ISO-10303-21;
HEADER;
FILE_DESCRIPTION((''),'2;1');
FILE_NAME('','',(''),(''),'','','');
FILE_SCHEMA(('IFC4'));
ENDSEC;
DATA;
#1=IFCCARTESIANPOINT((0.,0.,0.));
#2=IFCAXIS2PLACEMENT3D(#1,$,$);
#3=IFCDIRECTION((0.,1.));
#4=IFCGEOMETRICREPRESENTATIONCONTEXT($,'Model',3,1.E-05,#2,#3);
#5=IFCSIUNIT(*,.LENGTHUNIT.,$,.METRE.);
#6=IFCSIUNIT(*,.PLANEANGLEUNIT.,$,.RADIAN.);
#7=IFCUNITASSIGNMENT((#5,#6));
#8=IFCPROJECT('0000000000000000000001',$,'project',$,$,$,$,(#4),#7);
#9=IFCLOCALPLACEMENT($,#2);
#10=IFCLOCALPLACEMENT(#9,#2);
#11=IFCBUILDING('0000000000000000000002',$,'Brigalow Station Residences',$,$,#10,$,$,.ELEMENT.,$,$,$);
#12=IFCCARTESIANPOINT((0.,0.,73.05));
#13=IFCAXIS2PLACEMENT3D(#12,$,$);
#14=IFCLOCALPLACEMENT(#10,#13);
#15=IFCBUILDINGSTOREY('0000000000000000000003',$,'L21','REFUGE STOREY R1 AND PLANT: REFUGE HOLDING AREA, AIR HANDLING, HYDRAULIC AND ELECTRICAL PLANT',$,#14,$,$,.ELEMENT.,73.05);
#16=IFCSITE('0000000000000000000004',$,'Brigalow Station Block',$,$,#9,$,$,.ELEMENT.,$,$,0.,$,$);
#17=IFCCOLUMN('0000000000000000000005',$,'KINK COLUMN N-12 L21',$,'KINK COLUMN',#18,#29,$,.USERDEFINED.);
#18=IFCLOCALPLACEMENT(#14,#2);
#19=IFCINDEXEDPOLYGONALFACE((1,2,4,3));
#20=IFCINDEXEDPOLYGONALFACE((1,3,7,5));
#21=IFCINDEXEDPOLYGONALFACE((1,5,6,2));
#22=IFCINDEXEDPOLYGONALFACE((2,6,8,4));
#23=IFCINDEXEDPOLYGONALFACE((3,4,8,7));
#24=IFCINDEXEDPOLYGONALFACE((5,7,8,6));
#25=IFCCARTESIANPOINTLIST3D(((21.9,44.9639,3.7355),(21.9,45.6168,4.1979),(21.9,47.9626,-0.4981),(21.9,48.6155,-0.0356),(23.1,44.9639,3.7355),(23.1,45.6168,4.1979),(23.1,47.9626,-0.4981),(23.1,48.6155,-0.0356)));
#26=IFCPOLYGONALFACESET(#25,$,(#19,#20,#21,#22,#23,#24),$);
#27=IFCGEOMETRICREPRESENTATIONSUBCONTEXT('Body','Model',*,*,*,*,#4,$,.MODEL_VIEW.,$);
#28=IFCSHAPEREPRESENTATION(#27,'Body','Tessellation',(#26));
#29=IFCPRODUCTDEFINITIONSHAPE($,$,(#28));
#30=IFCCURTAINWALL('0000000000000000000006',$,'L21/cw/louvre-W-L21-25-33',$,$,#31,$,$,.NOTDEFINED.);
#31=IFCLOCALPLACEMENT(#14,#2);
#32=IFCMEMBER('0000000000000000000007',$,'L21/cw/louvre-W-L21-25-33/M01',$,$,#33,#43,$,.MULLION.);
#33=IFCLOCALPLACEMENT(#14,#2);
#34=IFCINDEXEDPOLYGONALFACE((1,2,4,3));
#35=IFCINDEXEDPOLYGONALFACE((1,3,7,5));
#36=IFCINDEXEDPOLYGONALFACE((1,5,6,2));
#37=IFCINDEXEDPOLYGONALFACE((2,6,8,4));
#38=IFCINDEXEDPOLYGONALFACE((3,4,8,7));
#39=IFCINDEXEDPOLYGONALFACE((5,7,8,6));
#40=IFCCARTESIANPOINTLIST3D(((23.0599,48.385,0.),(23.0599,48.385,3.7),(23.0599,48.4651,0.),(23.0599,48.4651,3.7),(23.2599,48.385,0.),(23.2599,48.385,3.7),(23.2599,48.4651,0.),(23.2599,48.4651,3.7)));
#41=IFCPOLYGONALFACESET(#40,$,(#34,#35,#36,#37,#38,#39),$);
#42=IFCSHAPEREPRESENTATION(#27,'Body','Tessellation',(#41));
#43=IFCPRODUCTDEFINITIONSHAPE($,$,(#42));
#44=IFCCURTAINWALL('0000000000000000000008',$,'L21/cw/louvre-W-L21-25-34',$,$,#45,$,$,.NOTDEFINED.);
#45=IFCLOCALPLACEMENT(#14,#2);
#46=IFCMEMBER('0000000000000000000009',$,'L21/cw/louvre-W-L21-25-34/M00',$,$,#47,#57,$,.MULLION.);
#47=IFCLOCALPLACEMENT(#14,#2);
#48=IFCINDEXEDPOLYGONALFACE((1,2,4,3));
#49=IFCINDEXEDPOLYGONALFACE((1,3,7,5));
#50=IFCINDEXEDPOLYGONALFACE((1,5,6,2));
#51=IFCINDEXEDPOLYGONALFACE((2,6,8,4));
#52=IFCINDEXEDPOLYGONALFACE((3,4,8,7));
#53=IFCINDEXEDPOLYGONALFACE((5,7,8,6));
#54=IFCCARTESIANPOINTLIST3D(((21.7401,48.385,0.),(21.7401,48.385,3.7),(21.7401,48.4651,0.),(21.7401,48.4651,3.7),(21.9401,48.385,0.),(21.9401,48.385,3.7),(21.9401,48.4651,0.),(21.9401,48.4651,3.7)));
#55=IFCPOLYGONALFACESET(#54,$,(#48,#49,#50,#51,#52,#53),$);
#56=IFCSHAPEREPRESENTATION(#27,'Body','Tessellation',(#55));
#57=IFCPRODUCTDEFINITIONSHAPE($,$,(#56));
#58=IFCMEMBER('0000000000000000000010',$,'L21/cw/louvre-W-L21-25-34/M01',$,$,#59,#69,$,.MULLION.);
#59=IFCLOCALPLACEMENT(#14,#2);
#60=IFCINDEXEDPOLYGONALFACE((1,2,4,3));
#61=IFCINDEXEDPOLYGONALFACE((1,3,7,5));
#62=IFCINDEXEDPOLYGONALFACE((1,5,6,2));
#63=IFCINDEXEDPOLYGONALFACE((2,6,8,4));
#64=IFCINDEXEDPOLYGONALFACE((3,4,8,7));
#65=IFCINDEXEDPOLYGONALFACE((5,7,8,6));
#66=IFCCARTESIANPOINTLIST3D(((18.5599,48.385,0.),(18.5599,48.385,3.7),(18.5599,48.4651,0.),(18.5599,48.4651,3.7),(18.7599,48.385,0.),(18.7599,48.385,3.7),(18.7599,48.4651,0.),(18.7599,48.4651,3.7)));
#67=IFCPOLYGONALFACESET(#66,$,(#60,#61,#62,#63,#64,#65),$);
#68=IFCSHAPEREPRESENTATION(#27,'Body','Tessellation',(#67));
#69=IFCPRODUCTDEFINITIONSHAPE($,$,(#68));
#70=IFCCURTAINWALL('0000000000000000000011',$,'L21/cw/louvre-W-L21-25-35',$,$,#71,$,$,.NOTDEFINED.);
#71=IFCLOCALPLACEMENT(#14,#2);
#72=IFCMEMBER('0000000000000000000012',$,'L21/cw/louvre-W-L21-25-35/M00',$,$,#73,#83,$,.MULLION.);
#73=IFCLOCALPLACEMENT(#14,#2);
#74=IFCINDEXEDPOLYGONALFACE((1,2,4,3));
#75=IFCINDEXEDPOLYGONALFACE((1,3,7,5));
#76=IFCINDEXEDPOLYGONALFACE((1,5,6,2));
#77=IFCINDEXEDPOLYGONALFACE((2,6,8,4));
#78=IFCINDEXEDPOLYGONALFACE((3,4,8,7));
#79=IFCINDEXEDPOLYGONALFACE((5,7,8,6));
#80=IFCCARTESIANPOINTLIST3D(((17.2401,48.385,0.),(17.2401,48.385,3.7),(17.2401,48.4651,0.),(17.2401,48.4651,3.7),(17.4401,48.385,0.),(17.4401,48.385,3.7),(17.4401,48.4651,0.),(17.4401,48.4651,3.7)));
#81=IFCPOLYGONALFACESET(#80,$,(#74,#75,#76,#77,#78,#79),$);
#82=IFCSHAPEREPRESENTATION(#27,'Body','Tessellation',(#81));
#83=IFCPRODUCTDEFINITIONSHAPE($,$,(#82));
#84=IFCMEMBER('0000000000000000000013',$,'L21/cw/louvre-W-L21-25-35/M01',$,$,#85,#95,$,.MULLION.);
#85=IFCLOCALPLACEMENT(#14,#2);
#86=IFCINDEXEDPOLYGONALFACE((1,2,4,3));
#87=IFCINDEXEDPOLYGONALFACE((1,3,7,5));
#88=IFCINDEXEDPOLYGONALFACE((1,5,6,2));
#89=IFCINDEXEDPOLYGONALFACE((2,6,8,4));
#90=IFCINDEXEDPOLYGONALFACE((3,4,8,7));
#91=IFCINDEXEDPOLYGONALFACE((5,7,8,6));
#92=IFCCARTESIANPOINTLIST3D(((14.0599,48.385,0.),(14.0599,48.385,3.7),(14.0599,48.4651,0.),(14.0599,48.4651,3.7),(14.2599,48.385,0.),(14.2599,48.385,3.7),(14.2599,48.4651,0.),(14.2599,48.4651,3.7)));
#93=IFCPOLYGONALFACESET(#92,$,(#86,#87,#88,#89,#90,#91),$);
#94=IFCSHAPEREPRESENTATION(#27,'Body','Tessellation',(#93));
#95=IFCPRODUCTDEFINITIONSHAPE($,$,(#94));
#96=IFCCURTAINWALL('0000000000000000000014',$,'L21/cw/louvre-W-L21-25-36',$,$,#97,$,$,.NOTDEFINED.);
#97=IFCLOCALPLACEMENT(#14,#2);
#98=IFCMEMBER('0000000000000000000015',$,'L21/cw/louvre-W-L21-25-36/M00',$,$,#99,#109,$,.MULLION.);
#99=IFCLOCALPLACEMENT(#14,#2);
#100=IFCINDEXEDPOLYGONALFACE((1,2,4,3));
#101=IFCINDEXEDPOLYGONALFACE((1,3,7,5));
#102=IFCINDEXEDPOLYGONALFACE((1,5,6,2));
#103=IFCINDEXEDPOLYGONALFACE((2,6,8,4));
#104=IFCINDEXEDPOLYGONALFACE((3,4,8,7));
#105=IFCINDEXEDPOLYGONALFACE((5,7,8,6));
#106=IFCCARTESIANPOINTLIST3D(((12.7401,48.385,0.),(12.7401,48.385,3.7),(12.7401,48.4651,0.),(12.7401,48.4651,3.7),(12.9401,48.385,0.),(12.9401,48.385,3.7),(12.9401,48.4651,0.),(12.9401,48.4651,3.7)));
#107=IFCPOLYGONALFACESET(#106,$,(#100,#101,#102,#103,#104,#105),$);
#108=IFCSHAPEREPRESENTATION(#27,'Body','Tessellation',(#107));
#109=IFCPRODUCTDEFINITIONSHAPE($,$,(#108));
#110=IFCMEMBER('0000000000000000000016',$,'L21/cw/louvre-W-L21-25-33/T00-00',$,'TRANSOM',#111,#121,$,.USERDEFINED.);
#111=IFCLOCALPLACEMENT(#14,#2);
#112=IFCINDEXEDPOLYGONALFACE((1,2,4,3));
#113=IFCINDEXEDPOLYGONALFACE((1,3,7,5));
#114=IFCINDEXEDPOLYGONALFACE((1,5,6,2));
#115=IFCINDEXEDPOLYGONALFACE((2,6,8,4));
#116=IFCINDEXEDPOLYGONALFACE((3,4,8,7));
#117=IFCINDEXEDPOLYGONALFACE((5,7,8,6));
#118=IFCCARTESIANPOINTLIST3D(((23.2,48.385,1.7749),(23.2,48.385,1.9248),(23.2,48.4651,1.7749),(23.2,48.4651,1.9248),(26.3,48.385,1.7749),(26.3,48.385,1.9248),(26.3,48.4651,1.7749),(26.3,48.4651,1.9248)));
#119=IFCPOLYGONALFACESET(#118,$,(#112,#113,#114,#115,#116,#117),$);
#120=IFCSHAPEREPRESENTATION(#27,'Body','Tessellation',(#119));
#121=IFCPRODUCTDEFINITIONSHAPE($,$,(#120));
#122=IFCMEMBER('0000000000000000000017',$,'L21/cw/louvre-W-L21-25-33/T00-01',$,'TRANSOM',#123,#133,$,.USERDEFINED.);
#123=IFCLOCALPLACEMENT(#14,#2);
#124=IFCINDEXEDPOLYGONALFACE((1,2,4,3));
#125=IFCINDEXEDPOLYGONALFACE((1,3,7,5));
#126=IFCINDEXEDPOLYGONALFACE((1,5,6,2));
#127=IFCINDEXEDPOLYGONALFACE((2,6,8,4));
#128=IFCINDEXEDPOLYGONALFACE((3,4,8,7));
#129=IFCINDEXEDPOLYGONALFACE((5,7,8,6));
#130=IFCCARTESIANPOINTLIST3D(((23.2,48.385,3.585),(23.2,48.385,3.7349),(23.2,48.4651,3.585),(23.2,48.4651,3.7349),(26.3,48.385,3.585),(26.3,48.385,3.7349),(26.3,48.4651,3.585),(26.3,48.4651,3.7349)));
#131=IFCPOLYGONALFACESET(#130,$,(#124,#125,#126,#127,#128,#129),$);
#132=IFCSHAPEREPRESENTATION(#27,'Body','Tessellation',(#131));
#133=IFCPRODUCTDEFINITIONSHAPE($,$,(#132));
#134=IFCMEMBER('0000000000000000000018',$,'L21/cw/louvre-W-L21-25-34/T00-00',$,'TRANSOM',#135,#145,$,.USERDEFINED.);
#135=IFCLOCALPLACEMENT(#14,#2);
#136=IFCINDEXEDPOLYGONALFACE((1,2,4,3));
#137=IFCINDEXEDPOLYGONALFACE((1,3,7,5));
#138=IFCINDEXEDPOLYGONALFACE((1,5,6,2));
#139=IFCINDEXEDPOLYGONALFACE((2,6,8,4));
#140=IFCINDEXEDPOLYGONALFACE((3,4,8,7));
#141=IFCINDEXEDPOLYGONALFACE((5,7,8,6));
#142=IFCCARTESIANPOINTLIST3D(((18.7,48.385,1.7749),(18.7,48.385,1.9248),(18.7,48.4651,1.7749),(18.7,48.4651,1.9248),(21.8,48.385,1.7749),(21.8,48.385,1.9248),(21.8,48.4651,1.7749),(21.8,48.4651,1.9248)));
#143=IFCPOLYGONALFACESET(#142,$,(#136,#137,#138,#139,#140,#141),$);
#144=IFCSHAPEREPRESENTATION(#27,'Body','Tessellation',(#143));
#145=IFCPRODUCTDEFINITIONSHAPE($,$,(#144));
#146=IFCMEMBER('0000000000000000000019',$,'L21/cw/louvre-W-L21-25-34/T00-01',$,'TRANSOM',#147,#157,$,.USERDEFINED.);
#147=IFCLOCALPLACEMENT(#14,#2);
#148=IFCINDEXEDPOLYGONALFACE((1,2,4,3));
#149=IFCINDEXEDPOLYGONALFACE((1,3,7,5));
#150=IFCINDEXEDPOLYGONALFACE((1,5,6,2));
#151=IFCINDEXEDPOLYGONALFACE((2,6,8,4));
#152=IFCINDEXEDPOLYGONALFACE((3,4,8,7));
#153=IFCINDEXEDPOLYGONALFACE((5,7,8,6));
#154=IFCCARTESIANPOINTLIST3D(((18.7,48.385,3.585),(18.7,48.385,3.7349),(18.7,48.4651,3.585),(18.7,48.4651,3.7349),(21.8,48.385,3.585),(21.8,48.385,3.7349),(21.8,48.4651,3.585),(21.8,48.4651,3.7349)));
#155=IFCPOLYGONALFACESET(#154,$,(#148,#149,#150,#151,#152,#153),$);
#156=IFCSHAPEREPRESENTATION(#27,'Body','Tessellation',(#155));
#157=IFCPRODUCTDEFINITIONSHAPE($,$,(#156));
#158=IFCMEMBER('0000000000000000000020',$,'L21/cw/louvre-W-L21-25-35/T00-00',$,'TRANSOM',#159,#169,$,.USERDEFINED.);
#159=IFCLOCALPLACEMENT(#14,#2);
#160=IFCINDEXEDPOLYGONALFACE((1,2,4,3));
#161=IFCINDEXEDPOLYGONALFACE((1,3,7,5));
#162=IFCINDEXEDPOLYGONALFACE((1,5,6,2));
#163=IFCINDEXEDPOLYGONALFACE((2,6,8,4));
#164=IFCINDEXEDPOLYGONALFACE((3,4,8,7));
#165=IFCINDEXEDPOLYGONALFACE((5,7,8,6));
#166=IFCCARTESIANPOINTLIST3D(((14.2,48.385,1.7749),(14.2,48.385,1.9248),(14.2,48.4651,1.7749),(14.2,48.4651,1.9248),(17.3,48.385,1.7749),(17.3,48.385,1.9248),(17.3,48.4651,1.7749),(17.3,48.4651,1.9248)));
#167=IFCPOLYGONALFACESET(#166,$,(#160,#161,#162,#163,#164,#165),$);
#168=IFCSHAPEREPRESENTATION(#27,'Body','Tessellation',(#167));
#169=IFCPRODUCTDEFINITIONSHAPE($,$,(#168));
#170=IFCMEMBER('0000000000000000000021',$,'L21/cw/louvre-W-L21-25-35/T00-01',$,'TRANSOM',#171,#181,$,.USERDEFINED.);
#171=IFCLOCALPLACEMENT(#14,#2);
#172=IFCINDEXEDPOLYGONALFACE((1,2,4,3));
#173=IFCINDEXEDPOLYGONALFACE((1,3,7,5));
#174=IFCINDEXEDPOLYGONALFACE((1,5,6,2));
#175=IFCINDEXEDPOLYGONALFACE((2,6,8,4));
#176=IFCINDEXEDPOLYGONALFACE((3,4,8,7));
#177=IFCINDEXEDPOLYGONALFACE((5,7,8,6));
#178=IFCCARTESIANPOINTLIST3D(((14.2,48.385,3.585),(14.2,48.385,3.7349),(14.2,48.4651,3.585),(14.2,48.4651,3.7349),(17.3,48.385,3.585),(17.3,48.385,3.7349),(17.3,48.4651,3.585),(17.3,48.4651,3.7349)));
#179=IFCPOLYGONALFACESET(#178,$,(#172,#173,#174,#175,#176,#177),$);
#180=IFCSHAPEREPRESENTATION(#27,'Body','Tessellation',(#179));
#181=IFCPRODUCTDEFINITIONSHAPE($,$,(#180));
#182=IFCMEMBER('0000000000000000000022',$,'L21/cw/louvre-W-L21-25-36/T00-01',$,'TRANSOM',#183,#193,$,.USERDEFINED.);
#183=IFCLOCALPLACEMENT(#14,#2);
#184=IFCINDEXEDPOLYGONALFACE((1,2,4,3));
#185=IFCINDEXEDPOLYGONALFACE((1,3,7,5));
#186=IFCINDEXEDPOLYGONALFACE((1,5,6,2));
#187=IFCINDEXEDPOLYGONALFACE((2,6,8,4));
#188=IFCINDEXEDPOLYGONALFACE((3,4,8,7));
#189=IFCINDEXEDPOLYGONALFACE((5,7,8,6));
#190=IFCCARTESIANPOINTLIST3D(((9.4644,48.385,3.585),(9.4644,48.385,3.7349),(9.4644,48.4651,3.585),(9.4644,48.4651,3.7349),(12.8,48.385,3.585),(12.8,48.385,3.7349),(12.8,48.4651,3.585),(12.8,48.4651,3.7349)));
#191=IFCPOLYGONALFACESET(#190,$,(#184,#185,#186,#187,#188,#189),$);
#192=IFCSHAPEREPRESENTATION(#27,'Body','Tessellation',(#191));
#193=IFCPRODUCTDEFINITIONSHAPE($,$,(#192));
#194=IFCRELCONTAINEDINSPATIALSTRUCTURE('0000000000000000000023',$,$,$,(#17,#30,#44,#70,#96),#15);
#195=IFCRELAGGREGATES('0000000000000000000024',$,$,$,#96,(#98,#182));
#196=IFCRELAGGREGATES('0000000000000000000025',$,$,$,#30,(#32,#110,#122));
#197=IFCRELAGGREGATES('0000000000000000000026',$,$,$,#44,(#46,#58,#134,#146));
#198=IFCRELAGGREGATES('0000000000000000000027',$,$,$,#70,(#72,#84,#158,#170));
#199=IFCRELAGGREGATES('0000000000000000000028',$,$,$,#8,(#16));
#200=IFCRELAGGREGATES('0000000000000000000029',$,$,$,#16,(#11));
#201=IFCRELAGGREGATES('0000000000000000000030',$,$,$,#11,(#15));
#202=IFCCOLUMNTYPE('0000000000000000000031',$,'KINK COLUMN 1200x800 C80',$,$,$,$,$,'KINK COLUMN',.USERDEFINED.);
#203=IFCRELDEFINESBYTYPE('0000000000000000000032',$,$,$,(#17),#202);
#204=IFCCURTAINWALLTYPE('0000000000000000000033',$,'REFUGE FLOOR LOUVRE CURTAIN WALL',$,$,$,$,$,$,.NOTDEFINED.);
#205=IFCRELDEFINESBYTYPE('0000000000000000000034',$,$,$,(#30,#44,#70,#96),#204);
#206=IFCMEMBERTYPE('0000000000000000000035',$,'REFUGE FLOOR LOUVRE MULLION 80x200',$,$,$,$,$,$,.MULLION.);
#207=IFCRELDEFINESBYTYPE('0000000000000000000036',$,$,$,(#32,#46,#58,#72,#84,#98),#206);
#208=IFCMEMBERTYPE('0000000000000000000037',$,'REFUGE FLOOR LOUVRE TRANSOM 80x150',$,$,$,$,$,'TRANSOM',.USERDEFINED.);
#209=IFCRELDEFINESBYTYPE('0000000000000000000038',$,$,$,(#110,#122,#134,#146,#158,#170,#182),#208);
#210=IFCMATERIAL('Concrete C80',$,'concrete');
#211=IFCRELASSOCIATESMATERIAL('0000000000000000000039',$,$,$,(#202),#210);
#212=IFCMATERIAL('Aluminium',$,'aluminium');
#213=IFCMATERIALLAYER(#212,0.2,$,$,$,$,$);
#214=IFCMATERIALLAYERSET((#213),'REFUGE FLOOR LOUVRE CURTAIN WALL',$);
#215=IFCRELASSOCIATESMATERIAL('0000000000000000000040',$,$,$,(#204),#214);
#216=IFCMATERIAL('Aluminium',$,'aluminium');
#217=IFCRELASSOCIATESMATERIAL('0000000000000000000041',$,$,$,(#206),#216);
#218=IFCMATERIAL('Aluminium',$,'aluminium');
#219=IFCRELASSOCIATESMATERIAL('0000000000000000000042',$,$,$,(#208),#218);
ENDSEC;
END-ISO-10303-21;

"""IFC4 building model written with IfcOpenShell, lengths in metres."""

from ifc_helpers import new_model, si_unit, direction, frame, origin, origin_2d, place, context, subcontext, project, spatial, rectangle, extrude, material, layer, layer_set, material_profile, profile_set, type_object, element, aggregate, save


model = new_model("IFC4")

# Units and contexts
model_context = context("Model", 3, precision=1e-05, world=origin(), true_north=direction((0.0, 1.0)))
body_context = subcontext(model_context, "Body", "Model", "MODEL_VIEW")
ifc_project = project(units=[si_unit("LENGTHUNIT", "METRE"), si_unit("PLANEANGLEUNIT", "RADIAN")], contexts=[model_context])

# Site, building, storey
site_placement = place(None, origin())
site = spatial("IfcSite", under=ifc_project, at=site_placement, Name="Brigalow Station Block", CompositionType="ELEMENT", RefElevation=0.0)
building_placement = place(site_placement, origin())
building = spatial("IfcBuilding", under=site, at=building_placement, Name="Brigalow Station Residences", CompositionType="ELEMENT")
storey_placement = place(building_placement, frame((0.0, 0.0, 73.05)))
storey = spatial("IfcBuildingStorey", under=building, at=storey_placement, Name="L21", Description="REFUGE STOREY R1 AND PLANT: REFUGE HOLDING AREA, AIR HANDLING, HYDRAULIC AND ELECTRICAL PLANT", CompositionType="ELEMENT", Elevation=73.05)

# Column
ifc_material_1 = material(Name="Concrete C80", Category="concrete")
ifc_material_profile_1 = material_profile(ifc_material_1, rectangle(XDim=1.2, YDim=0.8, at=origin_2d()), Name="RC1200x800")
ifc_profile_set_1 = profile_set([ifc_material_profile_1], Name="Concrete C80")
column_type = type_object("IfcColumnType", Name="KINK COLUMN 1200x800 C80", ElementType="KINK COLUMN", PredefinedType="USERDEFINED", material=ifc_profile_set_1)
column_placement = place(storey_placement, frame((22.5, 48.2891, -0.2668), z_axis=(0.0, -0.578011, 0.816029), x_axis=(1.0, 0.0, 0.0)))
element("IfcColumn", 1, at=column_placement, inside=storey, type_object=column_type, Name="KINK COLUMN N-12 L21", ObjectType="KINK COLUMN", PredefinedType="USERDEFINED", context=body_context, shape_type="SweptSolid", body=[
    extrude(rectangle(XDim=1.2, YDim=0.8, at=origin_2d()), origin(), (0.0, 0.0, 1.0), 5.188),
])

# Curtain wall, member
ifc_material_2 = material(Name="Aluminium", Category="aluminium")
ifc_layer_1 = layer(ifc_material_2, 0.2)
ifc_layer_set_1 = layer_set([ifc_layer_1], Name="REFUGE FLOOR LOUVRE CURTAIN WALL")
curtain_wall_type = type_object("IfcCurtainWallType", Name="REFUGE FLOOR LOUVRE CURTAIN WALL", PredefinedType="NOTDEFINED", material=ifc_layer_set_1)
curtain_wall_1_placement = place(storey_placement, origin())
curtain_wall_1 = element("IfcCurtainWall", 2, at=curtain_wall_1_placement, inside=storey, type_object=curtain_wall_type, Name="L21/cw/louvre-W-L21-25-33", PredefinedType="NOTDEFINED")
ifc_material_3 = material(Name="Aluminium", Category="aluminium")
ifc_material_profile_2 = material_profile(ifc_material_3, rectangle(XDim=0.0801, YDim=0.2, at=origin_2d()), Name="REFUGE FLOOR LOUVRE MULLION 80x200")
ifc_profile_set_2 = profile_set([ifc_material_profile_2], Name="Aluminium")
member_type_1 = type_object("IfcMemberType", Name="REFUGE FLOOR LOUVRE MULLION 80x200", PredefinedType="MULLION", material=ifc_profile_set_2)
member_1_placement = place(storey_placement, frame((23.1599, 48.425, 0.0), z_axis=(0.0, 0.0, 1.0), x_axis=(0.0, -1.0, 0.0)))
member_1 = element("IfcMember", 3, at=member_1_placement, type_object=member_type_1, Name="L21/cw/louvre-W-L21-25-33/M01", PredefinedType="MULLION", context=body_context, shape_type="SweptSolid", body=[
    extrude(rectangle(XDim=0.0801, YDim=0.2, at=origin_2d()), origin(), (0.0, 0.0, 1.0), 3.7),
])

# Curtain walls, members
curtain_wall_2_placement = place(storey_placement, origin())
curtain_wall_2 = element("IfcCurtainWall", 4, at=curtain_wall_2_placement, inside=storey, type_object=curtain_wall_type, Name="L21/cw/louvre-W-L21-25-34", PredefinedType="NOTDEFINED")
member_2_placement = place(storey_placement, frame((21.8401, 48.425, 0.0), z_axis=(0.0, 0.0, 1.0), x_axis=(0.0, -1.0, 0.0)))
member_2 = element("IfcMember", 5, at=member_2_placement, type_object=member_type_1, Name="L21/cw/louvre-W-L21-25-34/M00", PredefinedType="MULLION", context=body_context, shape_type="SweptSolid", body=[
    extrude(rectangle(XDim=0.0801, YDim=0.2, at=origin_2d()), origin(), (0.0, 0.0, 1.0), 3.7),
])
member_3_placement = place(storey_placement, frame((18.6599, 48.425, 0.0), z_axis=(0.0, 0.0, 1.0), x_axis=(0.0, -1.0, 0.0)))
member_3 = element("IfcMember", 6, at=member_3_placement, type_object=member_type_1, Name="L21/cw/louvre-W-L21-25-34/M01", PredefinedType="MULLION", context=body_context, shape_type="SweptSolid", body=[
    extrude(rectangle(XDim=0.0801, YDim=0.2, at=origin_2d()), origin(), (0.0, 0.0, 1.0), 3.7),
])
curtain_wall_3_placement = place(storey_placement, origin())
curtain_wall_3 = element("IfcCurtainWall", 7, at=curtain_wall_3_placement, inside=storey, type_object=curtain_wall_type, Name="L21/cw/louvre-W-L21-25-35", PredefinedType="NOTDEFINED")
member_4_placement = place(storey_placement, frame((17.3401, 48.425, 0.0), z_axis=(0.0, 0.0, 1.0), x_axis=(0.0, -1.0, 0.0)))
member_4 = element("IfcMember", 8, at=member_4_placement, type_object=member_type_1, Name="L21/cw/louvre-W-L21-25-35/M00", PredefinedType="MULLION", context=body_context, shape_type="SweptSolid", body=[
    extrude(rectangle(XDim=0.0801, YDim=0.2, at=origin_2d()), origin(), (0.0, 0.0, 1.0), 3.7),
])
member_5_placement = place(storey_placement, frame((14.1599, 48.425, 0.0), z_axis=(0.0, 0.0, 1.0), x_axis=(0.0, -1.0, 0.0)))
member_5 = element("IfcMember", 9, at=member_5_placement, type_object=member_type_1, Name="L21/cw/louvre-W-L21-25-35/M01", PredefinedType="MULLION", context=body_context, shape_type="SweptSolid", body=[
    extrude(rectangle(XDim=0.0801, YDim=0.2, at=origin_2d()), origin(), (0.0, 0.0, 1.0), 3.7),
])

# Curtain wall, member
curtain_wall_4_placement = place(storey_placement, origin())
curtain_wall_4 = element("IfcCurtainWall", 10, at=curtain_wall_4_placement, inside=storey, type_object=curtain_wall_type, Name="L21/cw/louvre-W-L21-25-36", PredefinedType="NOTDEFINED")
member_6_placement = place(storey_placement, frame((12.8401, 48.425, 0.0), z_axis=(0.0, 0.0, 1.0), x_axis=(0.0, -1.0, 0.0)))
member_6 = element("IfcMember", 11, at=member_6_placement, type_object=member_type_1, Name="L21/cw/louvre-W-L21-25-36/M00", PredefinedType="MULLION", context=body_context, shape_type="SweptSolid", body=[
    extrude(rectangle(XDim=0.0801, YDim=0.2, at=origin_2d()), origin(), (0.0, 0.0, 1.0), 3.7),
])

# Members
ifc_material_4 = material(Name="Aluminium", Category="aluminium")
ifc_material_profile_3 = material_profile(ifc_material_4, rectangle(XDim=0.0801, YDim=0.1499, at=origin_2d()), Name="REFUGE FLOOR LOUVRE TRANSOM 80x150")
ifc_profile_set_3 = profile_set([ifc_material_profile_3], Name="Aluminium")
member_type_2 = type_object("IfcMemberType", Name="REFUGE FLOOR LOUVRE TRANSOM 80x150", ElementType="TRANSOM", PredefinedType="USERDEFINED", material=ifc_profile_set_3)
member_7_placement = place(storey_placement, frame((26.3, 48.425, 1.8499), z_axis=(-1.0, 0.0, 0.0), x_axis=(0.0, -1.0, 0.0)))
member_7 = element("IfcMember", 12, at=member_7_placement, type_object=member_type_2, Name="L21/cw/louvre-W-L21-25-33/T00-00", ObjectType="TRANSOM", PredefinedType="USERDEFINED", context=body_context, shape_type="SweptSolid", body=[
    extrude(rectangle(XDim=0.0801, YDim=0.1499, at=origin_2d()), origin(), (0.0, 0.0, 1.0), 3.1001),
])
member_8_placement = place(storey_placement, frame((26.3, 48.425, 3.6599), z_axis=(-1.0, 0.0, 0.0), x_axis=(0.0, -1.0, 0.0)))
member_8 = element("IfcMember", 13, at=member_8_placement, type_object=member_type_2, Name="L21/cw/louvre-W-L21-25-33/T00-01", ObjectType="TRANSOM", PredefinedType="USERDEFINED", context=body_context, shape_type="SweptSolid", body=[
    extrude(rectangle(XDim=0.0801, YDim=0.1499, at=origin_2d()), origin(), (0.0, 0.0, 1.0), 3.1001),
])
member_9_placement = place(storey_placement, frame((21.8, 48.425, 1.8499), z_axis=(-1.0, 0.0, 0.0), x_axis=(0.0, -1.0, 0.0)))
member_9 = element("IfcMember", 14, at=member_9_placement, type_object=member_type_2, Name="L21/cw/louvre-W-L21-25-34/T00-00", ObjectType="TRANSOM", PredefinedType="USERDEFINED", context=body_context, shape_type="SweptSolid", body=[
    extrude(rectangle(XDim=0.0801, YDim=0.1499, at=origin_2d()), origin(), (0.0, 0.0, 1.0), 3.1001),
])
member_10_placement = place(storey_placement, frame((21.8, 48.425, 3.6599), z_axis=(-1.0, 0.0, 0.0), x_axis=(0.0, -1.0, 0.0)))
member_10 = element("IfcMember", 15, at=member_10_placement, type_object=member_type_2, Name="L21/cw/louvre-W-L21-25-34/T00-01", ObjectType="TRANSOM", PredefinedType="USERDEFINED", context=body_context, shape_type="SweptSolid", body=[
    extrude(rectangle(XDim=0.0801, YDim=0.1499, at=origin_2d()), origin(), (0.0, 0.0, 1.0), 3.1001),
])
member_11_placement = place(storey_placement, frame((17.3, 48.425, 1.8499), z_axis=(-1.0, 0.0, 0.0), x_axis=(0.0, -1.0, 0.0)))
member_11 = element("IfcMember", 16, at=member_11_placement, type_object=member_type_2, Name="L21/cw/louvre-W-L21-25-35/T00-00", ObjectType="TRANSOM", PredefinedType="USERDEFINED", context=body_context, shape_type="SweptSolid", body=[
    extrude(rectangle(XDim=0.0801, YDim=0.1499, at=origin_2d()), origin(), (0.0, 0.0, 1.0), 3.1001),
])
member_12_placement = place(storey_placement, frame((17.3, 48.425, 3.6599), z_axis=(-1.0, 0.0, 0.0), x_axis=(0.0, -1.0, 0.0)))
member_12 = element("IfcMember", 17, at=member_12_placement, type_object=member_type_2, Name="L21/cw/louvre-W-L21-25-35/T00-01", ObjectType="TRANSOM", PredefinedType="USERDEFINED", context=body_context, shape_type="SweptSolid", body=[
    extrude(rectangle(XDim=0.0801, YDim=0.1499, at=origin_2d()), origin(), (0.0, 0.0, 1.0), 3.1001),
])
member_13_placement = place(storey_placement, frame((12.8, 48.425, 3.6599), z_axis=(-1.0, 0.0, 0.0), x_axis=(0.0, -1.0, 0.0)))
member_13 = element("IfcMember", 18, at=member_13_placement, type_object=member_type_2, Name="L21/cw/louvre-W-L21-25-36/T00-01", ObjectType="TRANSOM", PredefinedType="USERDEFINED", context=body_context, shape_type="SweptSolid", body=[
    extrude(rectangle(XDim=0.0801, YDim=0.1499, at=origin_2d()), origin(), (0.0, 0.0, 1.0), 3.3357),
])
aggregate(curtain_wall_4, [member_6, member_13])

aggregate(curtain_wall_1, [member_1, member_7, member_8])
aggregate(curtain_wall_2, [member_2, member_3, member_9, member_10])
aggregate(curtain_wall_3, [member_4, member_5, member_11, member_12])

save(model, "model.ifc")
